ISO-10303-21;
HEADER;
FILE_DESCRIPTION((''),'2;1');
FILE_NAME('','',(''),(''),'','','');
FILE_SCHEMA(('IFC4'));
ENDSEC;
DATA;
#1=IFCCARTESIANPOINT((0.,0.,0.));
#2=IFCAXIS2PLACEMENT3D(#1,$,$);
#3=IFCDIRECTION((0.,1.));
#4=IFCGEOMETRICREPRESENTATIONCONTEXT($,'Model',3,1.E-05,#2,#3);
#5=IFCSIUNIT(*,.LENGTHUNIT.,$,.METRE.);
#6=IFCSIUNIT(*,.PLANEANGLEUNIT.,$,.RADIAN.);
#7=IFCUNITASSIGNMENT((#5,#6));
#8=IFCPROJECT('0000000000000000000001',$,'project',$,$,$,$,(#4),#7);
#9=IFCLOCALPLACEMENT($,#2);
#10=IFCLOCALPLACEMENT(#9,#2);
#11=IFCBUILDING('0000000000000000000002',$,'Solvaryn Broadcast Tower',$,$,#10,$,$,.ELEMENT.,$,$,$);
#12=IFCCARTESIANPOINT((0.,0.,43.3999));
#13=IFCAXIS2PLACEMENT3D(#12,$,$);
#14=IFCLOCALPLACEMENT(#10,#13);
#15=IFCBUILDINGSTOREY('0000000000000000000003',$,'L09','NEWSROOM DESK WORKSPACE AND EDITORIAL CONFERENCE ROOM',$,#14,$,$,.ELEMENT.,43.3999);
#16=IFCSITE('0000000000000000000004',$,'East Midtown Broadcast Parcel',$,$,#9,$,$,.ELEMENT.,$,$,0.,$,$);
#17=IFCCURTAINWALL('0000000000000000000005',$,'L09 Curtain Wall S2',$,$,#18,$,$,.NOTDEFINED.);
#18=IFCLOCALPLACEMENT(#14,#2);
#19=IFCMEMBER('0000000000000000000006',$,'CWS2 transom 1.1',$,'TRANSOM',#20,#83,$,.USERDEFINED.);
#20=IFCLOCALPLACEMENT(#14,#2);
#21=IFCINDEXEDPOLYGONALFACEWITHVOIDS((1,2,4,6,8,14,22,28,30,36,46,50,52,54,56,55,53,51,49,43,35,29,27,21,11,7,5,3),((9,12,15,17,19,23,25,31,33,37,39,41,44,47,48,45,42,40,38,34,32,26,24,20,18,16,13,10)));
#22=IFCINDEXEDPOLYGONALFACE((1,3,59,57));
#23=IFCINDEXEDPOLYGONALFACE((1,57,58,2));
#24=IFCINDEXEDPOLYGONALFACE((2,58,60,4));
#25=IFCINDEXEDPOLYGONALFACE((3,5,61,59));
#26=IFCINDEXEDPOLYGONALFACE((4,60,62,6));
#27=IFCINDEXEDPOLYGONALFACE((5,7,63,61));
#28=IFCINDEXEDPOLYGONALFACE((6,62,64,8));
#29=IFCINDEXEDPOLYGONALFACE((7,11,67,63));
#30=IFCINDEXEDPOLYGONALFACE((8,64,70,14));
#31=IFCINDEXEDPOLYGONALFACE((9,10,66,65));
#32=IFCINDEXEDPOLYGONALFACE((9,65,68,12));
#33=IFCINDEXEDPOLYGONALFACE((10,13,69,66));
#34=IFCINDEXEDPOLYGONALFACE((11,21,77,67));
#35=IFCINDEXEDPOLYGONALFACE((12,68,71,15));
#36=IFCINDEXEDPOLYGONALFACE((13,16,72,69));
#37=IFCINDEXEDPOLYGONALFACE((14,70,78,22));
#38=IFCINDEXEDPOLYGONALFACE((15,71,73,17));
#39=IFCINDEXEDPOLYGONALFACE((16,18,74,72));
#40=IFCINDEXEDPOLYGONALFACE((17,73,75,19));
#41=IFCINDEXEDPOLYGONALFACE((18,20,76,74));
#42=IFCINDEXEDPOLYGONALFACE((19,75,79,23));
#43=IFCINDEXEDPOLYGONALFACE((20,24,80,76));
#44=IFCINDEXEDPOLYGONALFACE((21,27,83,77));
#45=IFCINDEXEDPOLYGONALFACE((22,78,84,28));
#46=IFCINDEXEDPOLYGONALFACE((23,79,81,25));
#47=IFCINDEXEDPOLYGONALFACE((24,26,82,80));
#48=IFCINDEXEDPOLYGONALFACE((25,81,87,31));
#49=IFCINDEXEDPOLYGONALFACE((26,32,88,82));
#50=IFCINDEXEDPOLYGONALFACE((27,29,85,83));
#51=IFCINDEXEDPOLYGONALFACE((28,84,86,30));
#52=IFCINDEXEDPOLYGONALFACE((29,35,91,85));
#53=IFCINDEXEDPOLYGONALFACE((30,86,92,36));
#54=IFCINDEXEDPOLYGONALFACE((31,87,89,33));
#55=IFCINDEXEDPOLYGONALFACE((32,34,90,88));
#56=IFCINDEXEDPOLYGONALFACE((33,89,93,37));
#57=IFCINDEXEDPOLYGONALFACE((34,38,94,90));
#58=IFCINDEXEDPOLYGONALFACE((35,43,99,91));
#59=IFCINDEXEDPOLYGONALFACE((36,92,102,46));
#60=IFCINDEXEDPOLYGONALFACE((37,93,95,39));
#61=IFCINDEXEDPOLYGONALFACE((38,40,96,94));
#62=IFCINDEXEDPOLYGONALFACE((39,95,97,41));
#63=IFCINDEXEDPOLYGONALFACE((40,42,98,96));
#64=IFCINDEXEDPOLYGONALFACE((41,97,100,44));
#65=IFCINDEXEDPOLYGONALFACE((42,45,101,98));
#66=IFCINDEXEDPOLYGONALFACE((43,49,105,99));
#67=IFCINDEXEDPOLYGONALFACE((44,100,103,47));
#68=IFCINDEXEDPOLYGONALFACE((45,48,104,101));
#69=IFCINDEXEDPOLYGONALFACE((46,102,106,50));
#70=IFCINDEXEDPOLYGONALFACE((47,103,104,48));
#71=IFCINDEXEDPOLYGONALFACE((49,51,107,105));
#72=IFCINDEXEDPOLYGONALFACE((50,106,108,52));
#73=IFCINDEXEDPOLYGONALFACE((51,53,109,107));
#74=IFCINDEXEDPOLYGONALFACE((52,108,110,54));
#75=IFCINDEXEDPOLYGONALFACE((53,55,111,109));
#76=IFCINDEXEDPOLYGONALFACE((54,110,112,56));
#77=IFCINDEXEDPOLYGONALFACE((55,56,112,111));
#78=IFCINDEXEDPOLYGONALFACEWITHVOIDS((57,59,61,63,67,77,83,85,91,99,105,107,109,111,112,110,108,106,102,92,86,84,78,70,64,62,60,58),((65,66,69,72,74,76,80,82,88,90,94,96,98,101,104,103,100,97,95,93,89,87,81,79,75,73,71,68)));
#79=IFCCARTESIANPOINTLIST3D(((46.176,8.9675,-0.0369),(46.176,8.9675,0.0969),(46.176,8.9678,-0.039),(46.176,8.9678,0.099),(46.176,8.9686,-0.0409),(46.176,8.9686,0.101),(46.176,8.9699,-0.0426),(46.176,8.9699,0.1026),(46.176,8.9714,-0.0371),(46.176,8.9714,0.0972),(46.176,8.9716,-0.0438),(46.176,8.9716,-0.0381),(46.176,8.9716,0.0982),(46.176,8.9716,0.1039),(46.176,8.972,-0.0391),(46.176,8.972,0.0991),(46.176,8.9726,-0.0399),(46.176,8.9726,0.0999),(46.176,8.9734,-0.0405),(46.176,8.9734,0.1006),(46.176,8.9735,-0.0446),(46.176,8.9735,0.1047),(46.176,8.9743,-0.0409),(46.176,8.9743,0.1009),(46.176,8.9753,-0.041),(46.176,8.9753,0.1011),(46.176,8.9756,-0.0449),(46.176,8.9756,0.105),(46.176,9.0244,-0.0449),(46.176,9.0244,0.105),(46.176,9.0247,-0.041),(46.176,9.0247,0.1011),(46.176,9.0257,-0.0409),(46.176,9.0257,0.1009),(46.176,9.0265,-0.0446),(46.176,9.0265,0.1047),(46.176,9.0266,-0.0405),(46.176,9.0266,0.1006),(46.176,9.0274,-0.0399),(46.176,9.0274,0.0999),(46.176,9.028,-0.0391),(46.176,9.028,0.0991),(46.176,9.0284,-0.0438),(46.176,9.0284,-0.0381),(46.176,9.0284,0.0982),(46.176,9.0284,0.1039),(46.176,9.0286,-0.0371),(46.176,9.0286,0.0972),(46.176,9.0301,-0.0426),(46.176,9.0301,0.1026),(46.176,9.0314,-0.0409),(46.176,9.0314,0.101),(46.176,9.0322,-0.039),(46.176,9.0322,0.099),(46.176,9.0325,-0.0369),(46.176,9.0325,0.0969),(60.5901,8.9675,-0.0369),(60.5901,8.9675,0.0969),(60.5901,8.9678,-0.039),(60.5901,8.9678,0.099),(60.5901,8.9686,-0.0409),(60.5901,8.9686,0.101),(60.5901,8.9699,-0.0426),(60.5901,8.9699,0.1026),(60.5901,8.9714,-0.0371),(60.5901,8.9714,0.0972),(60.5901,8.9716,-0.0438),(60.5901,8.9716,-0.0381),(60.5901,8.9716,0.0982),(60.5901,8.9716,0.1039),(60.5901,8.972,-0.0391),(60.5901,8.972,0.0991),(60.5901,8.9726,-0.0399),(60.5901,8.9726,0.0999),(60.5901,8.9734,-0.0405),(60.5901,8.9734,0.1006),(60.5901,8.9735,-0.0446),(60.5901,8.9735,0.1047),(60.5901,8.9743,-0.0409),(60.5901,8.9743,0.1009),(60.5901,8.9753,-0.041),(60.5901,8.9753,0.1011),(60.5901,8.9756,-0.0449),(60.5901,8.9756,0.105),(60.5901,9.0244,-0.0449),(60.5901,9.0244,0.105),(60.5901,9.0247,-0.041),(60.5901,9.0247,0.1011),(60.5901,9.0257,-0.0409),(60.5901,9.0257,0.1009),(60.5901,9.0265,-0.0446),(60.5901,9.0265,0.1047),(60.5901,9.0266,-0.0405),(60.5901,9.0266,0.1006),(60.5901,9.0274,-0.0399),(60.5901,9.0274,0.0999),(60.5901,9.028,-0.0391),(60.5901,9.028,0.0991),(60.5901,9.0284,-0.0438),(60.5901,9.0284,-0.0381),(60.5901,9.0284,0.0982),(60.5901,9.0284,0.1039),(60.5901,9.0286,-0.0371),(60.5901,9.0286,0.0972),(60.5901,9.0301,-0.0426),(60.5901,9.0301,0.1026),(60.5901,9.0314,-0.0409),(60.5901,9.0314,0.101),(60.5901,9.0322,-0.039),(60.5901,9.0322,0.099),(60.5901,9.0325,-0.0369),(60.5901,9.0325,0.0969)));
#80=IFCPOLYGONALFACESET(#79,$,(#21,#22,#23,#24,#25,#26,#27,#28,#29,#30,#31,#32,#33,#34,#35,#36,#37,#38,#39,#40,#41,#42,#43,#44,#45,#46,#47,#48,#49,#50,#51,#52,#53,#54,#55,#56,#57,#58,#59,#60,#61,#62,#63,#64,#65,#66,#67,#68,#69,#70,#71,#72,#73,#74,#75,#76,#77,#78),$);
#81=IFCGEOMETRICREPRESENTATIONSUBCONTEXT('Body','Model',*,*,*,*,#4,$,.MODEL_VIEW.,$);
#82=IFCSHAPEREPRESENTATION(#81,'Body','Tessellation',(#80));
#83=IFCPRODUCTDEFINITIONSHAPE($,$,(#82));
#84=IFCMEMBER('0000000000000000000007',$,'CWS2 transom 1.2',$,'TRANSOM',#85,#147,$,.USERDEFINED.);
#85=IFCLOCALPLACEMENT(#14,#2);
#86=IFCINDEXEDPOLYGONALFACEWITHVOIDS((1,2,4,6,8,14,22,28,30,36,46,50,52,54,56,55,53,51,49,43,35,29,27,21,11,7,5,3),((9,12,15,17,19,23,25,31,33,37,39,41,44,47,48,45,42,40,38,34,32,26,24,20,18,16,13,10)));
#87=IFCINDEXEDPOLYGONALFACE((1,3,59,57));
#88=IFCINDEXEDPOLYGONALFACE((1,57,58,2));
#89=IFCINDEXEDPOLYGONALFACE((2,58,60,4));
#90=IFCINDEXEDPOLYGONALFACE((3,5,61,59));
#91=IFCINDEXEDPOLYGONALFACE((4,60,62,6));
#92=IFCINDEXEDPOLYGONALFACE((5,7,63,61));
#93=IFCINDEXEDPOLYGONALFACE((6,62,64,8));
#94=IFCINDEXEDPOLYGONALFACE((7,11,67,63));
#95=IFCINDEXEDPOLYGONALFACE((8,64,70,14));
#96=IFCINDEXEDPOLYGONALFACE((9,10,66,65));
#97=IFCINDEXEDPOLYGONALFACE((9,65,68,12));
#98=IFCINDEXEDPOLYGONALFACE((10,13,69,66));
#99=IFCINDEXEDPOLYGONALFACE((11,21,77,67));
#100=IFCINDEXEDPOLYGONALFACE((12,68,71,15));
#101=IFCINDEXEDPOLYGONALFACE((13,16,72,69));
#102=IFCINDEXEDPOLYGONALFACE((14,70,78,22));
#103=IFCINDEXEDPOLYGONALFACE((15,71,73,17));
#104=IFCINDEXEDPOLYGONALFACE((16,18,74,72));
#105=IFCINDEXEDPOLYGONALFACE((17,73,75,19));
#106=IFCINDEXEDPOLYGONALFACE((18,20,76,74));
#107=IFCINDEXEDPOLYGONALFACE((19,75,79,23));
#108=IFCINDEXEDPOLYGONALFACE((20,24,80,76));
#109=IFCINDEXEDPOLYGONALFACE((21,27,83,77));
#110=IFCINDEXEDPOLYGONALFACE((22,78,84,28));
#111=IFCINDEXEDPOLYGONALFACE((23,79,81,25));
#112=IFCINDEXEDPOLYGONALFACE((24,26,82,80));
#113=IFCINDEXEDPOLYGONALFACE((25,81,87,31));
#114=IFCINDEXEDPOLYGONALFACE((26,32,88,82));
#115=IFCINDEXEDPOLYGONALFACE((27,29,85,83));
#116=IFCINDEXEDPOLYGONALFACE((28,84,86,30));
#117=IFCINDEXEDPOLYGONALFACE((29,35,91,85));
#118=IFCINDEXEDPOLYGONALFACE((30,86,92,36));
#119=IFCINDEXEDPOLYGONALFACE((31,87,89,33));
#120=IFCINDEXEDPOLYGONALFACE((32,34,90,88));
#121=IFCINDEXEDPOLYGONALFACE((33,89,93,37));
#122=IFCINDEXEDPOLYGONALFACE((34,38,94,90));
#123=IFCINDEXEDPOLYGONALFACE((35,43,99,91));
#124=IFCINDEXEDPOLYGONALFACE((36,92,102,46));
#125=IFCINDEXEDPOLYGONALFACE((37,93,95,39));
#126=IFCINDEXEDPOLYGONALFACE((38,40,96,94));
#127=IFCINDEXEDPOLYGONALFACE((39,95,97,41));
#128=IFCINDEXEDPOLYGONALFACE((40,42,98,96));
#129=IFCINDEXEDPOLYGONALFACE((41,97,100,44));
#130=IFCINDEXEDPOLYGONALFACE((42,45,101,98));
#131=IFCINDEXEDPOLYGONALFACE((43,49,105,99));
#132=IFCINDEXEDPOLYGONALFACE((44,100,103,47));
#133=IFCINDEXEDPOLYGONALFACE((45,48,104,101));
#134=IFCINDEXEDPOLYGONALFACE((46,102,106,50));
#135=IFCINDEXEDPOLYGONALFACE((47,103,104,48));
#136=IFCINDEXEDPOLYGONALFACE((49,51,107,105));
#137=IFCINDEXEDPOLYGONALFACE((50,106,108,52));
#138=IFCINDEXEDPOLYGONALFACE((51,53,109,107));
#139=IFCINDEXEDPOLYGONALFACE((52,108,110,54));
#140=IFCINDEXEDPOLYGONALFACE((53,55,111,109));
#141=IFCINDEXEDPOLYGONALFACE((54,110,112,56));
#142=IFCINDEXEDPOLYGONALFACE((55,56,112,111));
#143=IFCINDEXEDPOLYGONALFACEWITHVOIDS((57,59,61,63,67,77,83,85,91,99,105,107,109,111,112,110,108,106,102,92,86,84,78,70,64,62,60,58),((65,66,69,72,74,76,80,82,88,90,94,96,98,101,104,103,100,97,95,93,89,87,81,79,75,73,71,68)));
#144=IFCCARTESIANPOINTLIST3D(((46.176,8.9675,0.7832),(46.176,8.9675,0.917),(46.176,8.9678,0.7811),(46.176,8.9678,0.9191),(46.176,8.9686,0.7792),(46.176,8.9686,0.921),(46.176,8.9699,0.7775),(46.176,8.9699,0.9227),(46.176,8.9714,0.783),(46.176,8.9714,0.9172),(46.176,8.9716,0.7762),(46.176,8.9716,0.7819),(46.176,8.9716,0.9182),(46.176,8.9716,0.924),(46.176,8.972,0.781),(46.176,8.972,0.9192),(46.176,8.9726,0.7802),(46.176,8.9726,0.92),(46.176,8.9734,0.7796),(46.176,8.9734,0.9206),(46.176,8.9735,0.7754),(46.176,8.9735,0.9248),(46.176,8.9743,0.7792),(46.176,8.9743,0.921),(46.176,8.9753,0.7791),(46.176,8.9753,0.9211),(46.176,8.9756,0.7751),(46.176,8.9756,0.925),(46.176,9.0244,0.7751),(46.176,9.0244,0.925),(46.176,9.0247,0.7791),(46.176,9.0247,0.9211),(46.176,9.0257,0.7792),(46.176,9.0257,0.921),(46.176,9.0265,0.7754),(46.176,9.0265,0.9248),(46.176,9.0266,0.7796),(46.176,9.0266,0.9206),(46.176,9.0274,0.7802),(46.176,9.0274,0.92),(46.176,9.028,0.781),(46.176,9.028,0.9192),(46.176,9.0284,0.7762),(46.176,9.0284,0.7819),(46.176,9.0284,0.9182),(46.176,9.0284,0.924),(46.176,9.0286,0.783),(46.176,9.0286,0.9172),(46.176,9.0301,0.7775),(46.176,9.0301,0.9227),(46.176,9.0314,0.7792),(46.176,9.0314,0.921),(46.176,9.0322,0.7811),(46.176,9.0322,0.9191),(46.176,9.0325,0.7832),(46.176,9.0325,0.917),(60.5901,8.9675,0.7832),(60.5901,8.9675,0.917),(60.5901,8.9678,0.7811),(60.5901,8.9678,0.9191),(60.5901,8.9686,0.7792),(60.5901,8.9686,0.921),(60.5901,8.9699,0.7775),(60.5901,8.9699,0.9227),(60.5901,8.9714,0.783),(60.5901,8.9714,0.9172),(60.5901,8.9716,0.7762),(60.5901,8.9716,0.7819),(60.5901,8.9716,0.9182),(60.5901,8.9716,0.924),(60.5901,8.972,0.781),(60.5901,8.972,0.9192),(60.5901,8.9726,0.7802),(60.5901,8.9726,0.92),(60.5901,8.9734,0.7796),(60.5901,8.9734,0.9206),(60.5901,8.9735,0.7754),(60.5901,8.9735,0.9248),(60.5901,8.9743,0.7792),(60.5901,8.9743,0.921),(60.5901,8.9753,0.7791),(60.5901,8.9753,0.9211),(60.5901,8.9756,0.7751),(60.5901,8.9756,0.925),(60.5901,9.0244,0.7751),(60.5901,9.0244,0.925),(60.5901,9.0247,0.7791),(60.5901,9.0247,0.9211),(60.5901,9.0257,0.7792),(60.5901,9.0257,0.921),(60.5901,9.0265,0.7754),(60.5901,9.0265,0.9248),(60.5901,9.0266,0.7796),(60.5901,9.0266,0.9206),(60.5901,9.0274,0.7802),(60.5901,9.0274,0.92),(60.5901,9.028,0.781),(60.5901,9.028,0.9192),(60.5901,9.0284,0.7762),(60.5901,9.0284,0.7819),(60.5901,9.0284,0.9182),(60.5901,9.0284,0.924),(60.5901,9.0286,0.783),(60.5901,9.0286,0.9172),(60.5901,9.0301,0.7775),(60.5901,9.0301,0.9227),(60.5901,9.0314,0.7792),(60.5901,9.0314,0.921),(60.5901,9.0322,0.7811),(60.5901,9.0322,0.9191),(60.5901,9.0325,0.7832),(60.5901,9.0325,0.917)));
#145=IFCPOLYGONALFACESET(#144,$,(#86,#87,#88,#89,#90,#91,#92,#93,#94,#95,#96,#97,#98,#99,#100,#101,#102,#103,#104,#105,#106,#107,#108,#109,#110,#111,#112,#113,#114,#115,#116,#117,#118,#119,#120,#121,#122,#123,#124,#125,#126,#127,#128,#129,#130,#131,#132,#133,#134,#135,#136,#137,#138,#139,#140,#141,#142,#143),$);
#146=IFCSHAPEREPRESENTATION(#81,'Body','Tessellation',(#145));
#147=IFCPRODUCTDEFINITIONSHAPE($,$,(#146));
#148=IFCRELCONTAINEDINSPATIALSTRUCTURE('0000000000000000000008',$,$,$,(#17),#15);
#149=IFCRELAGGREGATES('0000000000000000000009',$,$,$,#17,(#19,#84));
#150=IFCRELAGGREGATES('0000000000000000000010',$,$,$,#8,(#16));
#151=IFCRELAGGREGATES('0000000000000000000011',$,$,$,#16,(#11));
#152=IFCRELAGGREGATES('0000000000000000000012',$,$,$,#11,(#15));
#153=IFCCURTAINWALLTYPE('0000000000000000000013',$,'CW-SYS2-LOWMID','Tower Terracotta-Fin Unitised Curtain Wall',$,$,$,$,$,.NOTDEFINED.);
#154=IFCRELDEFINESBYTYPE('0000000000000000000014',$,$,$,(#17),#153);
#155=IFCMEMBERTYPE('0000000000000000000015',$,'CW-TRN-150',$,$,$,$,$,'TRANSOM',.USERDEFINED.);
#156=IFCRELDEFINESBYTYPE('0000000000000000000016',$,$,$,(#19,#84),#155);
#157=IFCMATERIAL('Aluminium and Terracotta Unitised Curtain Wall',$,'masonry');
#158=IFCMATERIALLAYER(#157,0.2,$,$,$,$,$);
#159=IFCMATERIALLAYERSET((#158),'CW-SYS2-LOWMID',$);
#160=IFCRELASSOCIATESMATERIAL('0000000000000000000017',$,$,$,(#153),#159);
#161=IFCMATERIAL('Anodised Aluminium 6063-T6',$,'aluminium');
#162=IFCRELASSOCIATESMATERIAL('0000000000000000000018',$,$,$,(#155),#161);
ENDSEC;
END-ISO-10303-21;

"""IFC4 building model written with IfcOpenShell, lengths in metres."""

from ifc_helpers import new_model, si_unit, direction, frame, origin, origin_2d, place, context, subcontext, project, spatial, hollow_rectangle, extrude, material, layer, layer_set, material_profile, profile_set, type_object, element, aggregate, save


model = new_model("IFC4")

# Units and contexts
model_context = context("Model", 3, precision=1e-05, world=origin(), true_north=direction((0.0, 1.0)))
body_context = subcontext(model_context, "Body", "Model", "MODEL_VIEW")
ifc_project = project(units=[si_unit("LENGTHUNIT", "METRE"), si_unit("PLANEANGLEUNIT", "RADIAN")], contexts=[model_context])

# Site, building, storey
site_placement = place(None, origin())
site = spatial("IfcSite", under=ifc_project, at=site_placement, Name="East Midtown Broadcast Parcel", CompositionType="ELEMENT", RefElevation=0.0)
building_placement = place(site_placement, origin())
building = spatial("IfcBuilding", under=site, at=building_placement, Name="Solvaryn Broadcast Tower", CompositionType="ELEMENT")
storey_placement = place(building_placement, frame((0.0, 0.0, 43.3999)))
storey = spatial("IfcBuildingStorey", under=building, at=storey_placement, Name="L09", Description="NEWSROOM DESK WORKSPACE AND EDITORIAL CONFERENCE ROOM", CompositionType="ELEMENT", Elevation=43.3999)

# Shared definitions
ifc_material_1 = material(Name="Aluminium and Terracotta Unitised Curtain Wall", Category="masonry")
ifc_layer_1 = layer(ifc_material_1, 0.2)
ifc_layer_set_1 = layer_set([ifc_layer_1], Name="CW-SYS2-LOWMID")
curtain_wall_type = type_object("IfcCurtainWallType", Name="CW-SYS2-LOWMID", Description="Tower Terracotta-Fin Unitised Curtain Wall", PredefinedType="NOTDEFINED", material=ifc_layer_set_1)

# Curtain wall, members
curtain_wall_1_placement = place(storey_placement, origin())
curtain_wall_1 = element("IfcCurtainWall", 1, at=curtain_wall_1_placement, inside=storey, type_object=curtain_wall_type, Name="L09 Curtain Wall S2", PredefinedType="NOTDEFINED")
ifc_material_2 = material(Name="Anodised Aluminium 6063-T6", Category="aluminium")
ifc_material_profile_1 = material_profile(ifc_material_2, hollow_rectangle(XDim=0.0649, YDim=0.1499, WallThickness=0.0039, InnerFilletRadius=0.0039, OuterFilletRadius=0.0081, at=origin_2d()))
ifc_profile_set_1 = profile_set([ifc_material_profile_1], Name="Anodised Aluminium 6063-T6")
member_type_1 = type_object("IfcMemberType", Name="CW-TRN-150", ElementType="TRANSOM", PredefinedType="USERDEFINED", material=ifc_profile_set_1)
member_1_placement = place(storey_placement, frame((46.176, 9.0, 0.03), z_axis=(1.0, 0.0, 0.0), x_axis=(0.0, 1.0, 0.0)))
member_1 = element("IfcMember", 2, at=member_1_placement, type_object=member_type_1, Name="CWS2 transom 1.1", ObjectType="TRANSOM", PredefinedType="USERDEFINED", context=body_context, shape_type="SweptSolid", body=[
    extrude(hollow_rectangle(XDim=0.0649, YDim=0.1499, WallThickness=0.0039, InnerFilletRadius=0.0039, OuterFilletRadius=0.0081, at=origin_2d()), origin(), (0.0, 0.0, 1.0), 14.4141),
])
member_2_placement = place(storey_placement, frame((46.176, 9.0, 0.8501), z_axis=(1.0, 0.0, 0.0), x_axis=(0.0, 1.0, 0.0)))
member_2 = element("IfcMember", 3, at=member_2_placement, type_object=member_type_1, Name="CWS2 transom 1.2", ObjectType="TRANSOM", PredefinedType="USERDEFINED", context=body_context, shape_type="SweptSolid", body=[
    extrude(hollow_rectangle(XDim=0.0649, YDim=0.1499, WallThickness=0.0039, InnerFilletRadius=0.0039, OuterFilletRadius=0.0081, at=origin_2d()), origin(), (0.0, 0.0, 1.0), 14.4141),
])
aggregate(curtain_wall_1, [member_1, member_2])

save(model, "model.ifc")
